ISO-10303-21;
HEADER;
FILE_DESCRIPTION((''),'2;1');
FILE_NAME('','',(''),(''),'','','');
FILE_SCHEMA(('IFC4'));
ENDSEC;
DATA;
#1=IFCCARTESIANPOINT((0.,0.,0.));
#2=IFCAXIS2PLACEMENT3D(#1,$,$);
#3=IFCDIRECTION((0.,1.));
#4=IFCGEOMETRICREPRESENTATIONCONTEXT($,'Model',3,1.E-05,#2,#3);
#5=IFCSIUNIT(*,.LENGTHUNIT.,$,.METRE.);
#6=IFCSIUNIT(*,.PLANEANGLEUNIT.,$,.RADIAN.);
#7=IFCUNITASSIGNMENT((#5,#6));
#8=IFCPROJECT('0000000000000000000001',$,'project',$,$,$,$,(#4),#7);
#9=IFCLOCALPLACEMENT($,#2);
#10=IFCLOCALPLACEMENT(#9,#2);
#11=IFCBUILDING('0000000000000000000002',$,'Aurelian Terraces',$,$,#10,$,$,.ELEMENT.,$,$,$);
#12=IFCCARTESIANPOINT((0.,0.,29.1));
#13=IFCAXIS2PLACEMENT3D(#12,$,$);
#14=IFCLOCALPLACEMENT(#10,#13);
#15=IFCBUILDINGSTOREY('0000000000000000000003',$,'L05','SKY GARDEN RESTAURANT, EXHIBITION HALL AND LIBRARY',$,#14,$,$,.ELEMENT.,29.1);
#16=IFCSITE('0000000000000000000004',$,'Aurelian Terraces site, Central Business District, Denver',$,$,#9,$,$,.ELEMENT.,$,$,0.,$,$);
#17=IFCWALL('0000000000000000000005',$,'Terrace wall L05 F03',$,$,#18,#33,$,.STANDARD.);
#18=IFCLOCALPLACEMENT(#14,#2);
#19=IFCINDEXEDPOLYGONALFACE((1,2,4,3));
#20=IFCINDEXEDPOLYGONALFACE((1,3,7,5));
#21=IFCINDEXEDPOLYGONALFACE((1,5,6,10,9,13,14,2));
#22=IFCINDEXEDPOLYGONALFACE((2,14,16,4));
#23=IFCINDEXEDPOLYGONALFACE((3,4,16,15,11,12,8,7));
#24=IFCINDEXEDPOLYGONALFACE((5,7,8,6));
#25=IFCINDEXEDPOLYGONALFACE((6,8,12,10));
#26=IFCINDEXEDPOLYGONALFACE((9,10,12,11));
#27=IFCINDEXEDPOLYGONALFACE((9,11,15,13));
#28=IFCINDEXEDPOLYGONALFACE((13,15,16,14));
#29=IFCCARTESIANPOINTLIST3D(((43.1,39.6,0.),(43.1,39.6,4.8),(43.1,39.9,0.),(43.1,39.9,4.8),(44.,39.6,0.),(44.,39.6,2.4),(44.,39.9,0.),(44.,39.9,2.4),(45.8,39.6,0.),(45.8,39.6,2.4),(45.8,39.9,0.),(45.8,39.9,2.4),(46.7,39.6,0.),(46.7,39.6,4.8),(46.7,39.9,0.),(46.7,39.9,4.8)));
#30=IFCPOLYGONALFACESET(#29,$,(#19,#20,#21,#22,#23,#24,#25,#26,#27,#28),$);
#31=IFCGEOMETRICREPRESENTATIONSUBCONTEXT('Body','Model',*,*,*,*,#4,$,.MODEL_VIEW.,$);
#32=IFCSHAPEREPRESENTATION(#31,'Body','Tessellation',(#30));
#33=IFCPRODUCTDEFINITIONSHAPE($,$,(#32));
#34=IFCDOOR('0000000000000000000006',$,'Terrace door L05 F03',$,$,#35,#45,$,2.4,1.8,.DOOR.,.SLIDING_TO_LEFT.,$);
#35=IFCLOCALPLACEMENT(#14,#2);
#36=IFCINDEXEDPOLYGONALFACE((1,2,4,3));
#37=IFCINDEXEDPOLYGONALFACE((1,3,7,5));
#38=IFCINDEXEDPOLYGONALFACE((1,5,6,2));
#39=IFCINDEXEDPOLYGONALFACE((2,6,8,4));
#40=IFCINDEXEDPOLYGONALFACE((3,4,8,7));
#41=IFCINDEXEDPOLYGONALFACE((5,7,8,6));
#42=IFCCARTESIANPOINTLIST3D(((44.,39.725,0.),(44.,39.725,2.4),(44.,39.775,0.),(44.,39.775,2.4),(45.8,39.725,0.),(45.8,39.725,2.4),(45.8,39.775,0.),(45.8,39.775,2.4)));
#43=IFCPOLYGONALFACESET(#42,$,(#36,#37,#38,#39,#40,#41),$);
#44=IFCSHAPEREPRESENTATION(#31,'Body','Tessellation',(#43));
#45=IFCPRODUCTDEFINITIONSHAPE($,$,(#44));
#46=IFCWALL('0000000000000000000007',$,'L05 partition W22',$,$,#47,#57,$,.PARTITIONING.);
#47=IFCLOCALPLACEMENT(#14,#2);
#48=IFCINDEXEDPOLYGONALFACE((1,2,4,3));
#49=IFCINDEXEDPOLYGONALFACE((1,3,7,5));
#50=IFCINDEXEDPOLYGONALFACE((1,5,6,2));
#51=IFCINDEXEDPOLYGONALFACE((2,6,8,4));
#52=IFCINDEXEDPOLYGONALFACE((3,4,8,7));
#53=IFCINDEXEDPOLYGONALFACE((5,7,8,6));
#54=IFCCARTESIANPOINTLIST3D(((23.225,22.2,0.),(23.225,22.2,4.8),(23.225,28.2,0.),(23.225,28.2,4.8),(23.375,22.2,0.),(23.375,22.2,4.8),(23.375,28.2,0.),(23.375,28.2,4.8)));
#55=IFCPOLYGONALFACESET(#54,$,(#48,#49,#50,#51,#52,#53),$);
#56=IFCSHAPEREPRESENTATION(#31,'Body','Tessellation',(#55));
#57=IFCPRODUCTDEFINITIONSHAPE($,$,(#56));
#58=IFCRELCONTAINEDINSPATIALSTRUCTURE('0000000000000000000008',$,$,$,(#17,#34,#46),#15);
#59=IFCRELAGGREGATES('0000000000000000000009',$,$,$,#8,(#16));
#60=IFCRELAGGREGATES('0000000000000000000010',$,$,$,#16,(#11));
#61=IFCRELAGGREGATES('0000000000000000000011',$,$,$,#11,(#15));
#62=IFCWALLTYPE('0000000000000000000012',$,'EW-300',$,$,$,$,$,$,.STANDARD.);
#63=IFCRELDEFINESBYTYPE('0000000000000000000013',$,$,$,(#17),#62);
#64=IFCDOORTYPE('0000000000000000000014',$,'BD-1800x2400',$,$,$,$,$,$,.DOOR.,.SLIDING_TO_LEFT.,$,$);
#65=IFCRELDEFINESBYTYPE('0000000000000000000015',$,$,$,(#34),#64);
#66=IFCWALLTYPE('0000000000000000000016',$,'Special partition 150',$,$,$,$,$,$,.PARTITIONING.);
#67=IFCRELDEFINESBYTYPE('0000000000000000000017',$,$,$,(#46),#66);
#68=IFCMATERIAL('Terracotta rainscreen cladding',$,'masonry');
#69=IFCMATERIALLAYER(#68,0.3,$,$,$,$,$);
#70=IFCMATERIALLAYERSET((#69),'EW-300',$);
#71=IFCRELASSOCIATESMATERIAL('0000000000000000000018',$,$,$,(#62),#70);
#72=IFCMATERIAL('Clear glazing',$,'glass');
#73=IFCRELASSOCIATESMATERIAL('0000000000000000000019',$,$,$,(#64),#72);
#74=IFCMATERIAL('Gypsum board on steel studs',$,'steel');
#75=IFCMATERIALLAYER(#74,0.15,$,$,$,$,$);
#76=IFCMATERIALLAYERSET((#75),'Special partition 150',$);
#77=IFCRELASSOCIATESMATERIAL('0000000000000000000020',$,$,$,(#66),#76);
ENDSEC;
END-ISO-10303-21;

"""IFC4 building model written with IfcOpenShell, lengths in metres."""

from ifc_helpers import new_model, si_unit, direction, frame, frame_2d, origin, place, context, subcontext, project, spatial, rectangle, extrude, source, transform, mapped, material, layer, layer_set, type_object, element, fill, save


model = new_model("IFC4")

# Units and contexts
model_context = context("Model", 3, precision=1e-05, world=origin(), true_north=direction((0.0, 1.0)))
body_context = subcontext(model_context, "Body", "Model", "MODEL_VIEW")
ifc_project = project(units=[si_unit("LENGTHUNIT", "METRE"), si_unit("PLANEANGLEUNIT", "RADIAN")], contexts=[model_context])

# Site, building, storey
site_placement = place(None, origin())
site = spatial("IfcSite", under=ifc_project, at=site_placement, Name="Aurelian Terraces site, Central Business District, Denver", CompositionType="ELEMENT", RefElevation=0.0)
building_placement = place(site_placement, origin())
building = spatial("IfcBuilding", under=site, at=building_placement, Name="Aurelian Terraces", CompositionType="ELEMENT")
storey_placement = place(building_placement, frame((0.0, 0.0, 29.1)))
storey = spatial("IfcBuildingStorey", under=building, at=storey_placement, Name="L05", Description="SKY GARDEN RESTAURANT, EXHIBITION HALL AND LIBRARY", CompositionType="ELEMENT", Elevation=29.1)

# Shared definitions
ifc_material_1 = material(Name="Clear glazing", Category="glass")

# Wall, opening, door
ifc_material_2 = material(Name="Terracotta rainscreen cladding", Category="masonry")
ifc_layer_1 = layer(ifc_material_2, 0.3)
ifc_layer_set_1 = layer_set([ifc_layer_1], Name="EW-300")
wall_type_1 = type_object("IfcWallType", Name="EW-300", PredefinedType="STANDARD", material=ifc_layer_set_1)
shared_shape_1 = source(origin(), body_context, "Body", "SweptSolid", [
    extrude(rectangle(XDim=3.6, YDim=0.3, at=frame_2d((1.8, 0.0))), origin(), (0.0, 0.0, 1.0), 4.8),
])
shared_shape_2 = source(origin(), body_context, "Body", "SweptSolid", [
    extrude(rectangle(XDim=1.8, YDim=2.4, at=frame_2d((0.9, 1.2))), frame((0.0, 0.16, 0.0), z_axis=(0.0, -1.0, 0.0), x_axis=(1.0, 0.0, 0.0)), (0.0, 0.0, 1.0), 0.32),
])
door_type = type_object("IfcDoorType", Name="BD-1800x2400", OperationType="SLIDING_TO_LEFT", PredefinedType="DOOR", material=ifc_material_1)
shared_shape_3 = source(origin(), body_context, "Body", "SweptSolid", [
    extrude(rectangle(XDim=1.8, YDim=2.4, at=frame_2d((0.9, 1.2))), frame((0.0, 0.025, 0.0), z_axis=(0.0, -1.0, 0.0), x_axis=(1.0, 0.0, 0.0)), (0.0, 0.0, 1.0), 0.05),
])
wall_1_placement = place(storey_placement, frame((46.7, 39.75, 0.0), z_axis=(0.0, 0.0, 1.0), x_axis=(-1.0, 0.0, 0.0)))
wall_1 = element("IfcWall", 1, at=wall_1_placement, inside=storey, type_object=wall_type_1, Name="Terrace wall L05 F03", PredefinedType="STANDARD", context=body_context, shape_type="MappedRepresentation", body=[
    mapped(shared_shape_1, transform((0.0, 0.0, 0.0), scale=1.0)),
])
opening_1_placement = place(wall_1_placement, frame((0.9, 0.0, 0.0)))
opening_1 = element("IfcOpeningElement", 2, at=opening_1_placement, cuts=wall_1, PredefinedType="OPENING", context=body_context, shape_type="MappedRepresentation", body=[
    mapped(shared_shape_2, transform((0.0, 0.0, 0.0), scale=1.0)),
])
door_1_placement = place(opening_1_placement, origin())
door_1 = element("IfcDoor", 3, at=door_1_placement, inside=storey, type_object=door_type, Name="Terrace door L05 F03", OperationType="SLIDING_TO_LEFT", OverallHeight=2.4, OverallWidth=1.8, PredefinedType="DOOR", context=body_context, shape_type="MappedRepresentation", body=[
    mapped(shared_shape_3, transform((0.0, 0.0, 0.0), scale=1.0)),
])
fill(opening_1, door_1)

# Wall
ifc_material_3 = material(Name="Gypsum board on steel studs", Category="steel")
ifc_layer_2 = layer(ifc_material_3, 0.15)
ifc_layer_set_2 = layer_set([ifc_layer_2], Name="Special partition 150")
wall_type_2 = type_object("IfcWallType", Name="Special partition 150", PredefinedType="PARTITIONING", material=ifc_layer_set_2)
shared_shape_4 = source(origin(), body_context, "Body", "SweptSolid", [
    extrude(rectangle(XDim=6.0, YDim=0.15, at=frame_2d((3.0, 0.0))), origin(), (0.0, 0.0, 1.0), 4.8),
])
wall_2_placement = place(storey_placement, frame((23.3, 22.2, 0.0), z_axis=(0.0, 0.0, 1.0), x_axis=(0.0, 1.0, 0.0)))
element("IfcWall", 4, at=wall_2_placement, inside=storey, type_object=wall_type_2, Name="L05 partition W22", PredefinedType="PARTITIONING", context=body_context, shape_type="MappedRepresentation", body=[
    mapped(shared_shape_4, transform((0.0, 0.0, 0.0), scale=1.0)),
])

save(model, "model.ifc")
